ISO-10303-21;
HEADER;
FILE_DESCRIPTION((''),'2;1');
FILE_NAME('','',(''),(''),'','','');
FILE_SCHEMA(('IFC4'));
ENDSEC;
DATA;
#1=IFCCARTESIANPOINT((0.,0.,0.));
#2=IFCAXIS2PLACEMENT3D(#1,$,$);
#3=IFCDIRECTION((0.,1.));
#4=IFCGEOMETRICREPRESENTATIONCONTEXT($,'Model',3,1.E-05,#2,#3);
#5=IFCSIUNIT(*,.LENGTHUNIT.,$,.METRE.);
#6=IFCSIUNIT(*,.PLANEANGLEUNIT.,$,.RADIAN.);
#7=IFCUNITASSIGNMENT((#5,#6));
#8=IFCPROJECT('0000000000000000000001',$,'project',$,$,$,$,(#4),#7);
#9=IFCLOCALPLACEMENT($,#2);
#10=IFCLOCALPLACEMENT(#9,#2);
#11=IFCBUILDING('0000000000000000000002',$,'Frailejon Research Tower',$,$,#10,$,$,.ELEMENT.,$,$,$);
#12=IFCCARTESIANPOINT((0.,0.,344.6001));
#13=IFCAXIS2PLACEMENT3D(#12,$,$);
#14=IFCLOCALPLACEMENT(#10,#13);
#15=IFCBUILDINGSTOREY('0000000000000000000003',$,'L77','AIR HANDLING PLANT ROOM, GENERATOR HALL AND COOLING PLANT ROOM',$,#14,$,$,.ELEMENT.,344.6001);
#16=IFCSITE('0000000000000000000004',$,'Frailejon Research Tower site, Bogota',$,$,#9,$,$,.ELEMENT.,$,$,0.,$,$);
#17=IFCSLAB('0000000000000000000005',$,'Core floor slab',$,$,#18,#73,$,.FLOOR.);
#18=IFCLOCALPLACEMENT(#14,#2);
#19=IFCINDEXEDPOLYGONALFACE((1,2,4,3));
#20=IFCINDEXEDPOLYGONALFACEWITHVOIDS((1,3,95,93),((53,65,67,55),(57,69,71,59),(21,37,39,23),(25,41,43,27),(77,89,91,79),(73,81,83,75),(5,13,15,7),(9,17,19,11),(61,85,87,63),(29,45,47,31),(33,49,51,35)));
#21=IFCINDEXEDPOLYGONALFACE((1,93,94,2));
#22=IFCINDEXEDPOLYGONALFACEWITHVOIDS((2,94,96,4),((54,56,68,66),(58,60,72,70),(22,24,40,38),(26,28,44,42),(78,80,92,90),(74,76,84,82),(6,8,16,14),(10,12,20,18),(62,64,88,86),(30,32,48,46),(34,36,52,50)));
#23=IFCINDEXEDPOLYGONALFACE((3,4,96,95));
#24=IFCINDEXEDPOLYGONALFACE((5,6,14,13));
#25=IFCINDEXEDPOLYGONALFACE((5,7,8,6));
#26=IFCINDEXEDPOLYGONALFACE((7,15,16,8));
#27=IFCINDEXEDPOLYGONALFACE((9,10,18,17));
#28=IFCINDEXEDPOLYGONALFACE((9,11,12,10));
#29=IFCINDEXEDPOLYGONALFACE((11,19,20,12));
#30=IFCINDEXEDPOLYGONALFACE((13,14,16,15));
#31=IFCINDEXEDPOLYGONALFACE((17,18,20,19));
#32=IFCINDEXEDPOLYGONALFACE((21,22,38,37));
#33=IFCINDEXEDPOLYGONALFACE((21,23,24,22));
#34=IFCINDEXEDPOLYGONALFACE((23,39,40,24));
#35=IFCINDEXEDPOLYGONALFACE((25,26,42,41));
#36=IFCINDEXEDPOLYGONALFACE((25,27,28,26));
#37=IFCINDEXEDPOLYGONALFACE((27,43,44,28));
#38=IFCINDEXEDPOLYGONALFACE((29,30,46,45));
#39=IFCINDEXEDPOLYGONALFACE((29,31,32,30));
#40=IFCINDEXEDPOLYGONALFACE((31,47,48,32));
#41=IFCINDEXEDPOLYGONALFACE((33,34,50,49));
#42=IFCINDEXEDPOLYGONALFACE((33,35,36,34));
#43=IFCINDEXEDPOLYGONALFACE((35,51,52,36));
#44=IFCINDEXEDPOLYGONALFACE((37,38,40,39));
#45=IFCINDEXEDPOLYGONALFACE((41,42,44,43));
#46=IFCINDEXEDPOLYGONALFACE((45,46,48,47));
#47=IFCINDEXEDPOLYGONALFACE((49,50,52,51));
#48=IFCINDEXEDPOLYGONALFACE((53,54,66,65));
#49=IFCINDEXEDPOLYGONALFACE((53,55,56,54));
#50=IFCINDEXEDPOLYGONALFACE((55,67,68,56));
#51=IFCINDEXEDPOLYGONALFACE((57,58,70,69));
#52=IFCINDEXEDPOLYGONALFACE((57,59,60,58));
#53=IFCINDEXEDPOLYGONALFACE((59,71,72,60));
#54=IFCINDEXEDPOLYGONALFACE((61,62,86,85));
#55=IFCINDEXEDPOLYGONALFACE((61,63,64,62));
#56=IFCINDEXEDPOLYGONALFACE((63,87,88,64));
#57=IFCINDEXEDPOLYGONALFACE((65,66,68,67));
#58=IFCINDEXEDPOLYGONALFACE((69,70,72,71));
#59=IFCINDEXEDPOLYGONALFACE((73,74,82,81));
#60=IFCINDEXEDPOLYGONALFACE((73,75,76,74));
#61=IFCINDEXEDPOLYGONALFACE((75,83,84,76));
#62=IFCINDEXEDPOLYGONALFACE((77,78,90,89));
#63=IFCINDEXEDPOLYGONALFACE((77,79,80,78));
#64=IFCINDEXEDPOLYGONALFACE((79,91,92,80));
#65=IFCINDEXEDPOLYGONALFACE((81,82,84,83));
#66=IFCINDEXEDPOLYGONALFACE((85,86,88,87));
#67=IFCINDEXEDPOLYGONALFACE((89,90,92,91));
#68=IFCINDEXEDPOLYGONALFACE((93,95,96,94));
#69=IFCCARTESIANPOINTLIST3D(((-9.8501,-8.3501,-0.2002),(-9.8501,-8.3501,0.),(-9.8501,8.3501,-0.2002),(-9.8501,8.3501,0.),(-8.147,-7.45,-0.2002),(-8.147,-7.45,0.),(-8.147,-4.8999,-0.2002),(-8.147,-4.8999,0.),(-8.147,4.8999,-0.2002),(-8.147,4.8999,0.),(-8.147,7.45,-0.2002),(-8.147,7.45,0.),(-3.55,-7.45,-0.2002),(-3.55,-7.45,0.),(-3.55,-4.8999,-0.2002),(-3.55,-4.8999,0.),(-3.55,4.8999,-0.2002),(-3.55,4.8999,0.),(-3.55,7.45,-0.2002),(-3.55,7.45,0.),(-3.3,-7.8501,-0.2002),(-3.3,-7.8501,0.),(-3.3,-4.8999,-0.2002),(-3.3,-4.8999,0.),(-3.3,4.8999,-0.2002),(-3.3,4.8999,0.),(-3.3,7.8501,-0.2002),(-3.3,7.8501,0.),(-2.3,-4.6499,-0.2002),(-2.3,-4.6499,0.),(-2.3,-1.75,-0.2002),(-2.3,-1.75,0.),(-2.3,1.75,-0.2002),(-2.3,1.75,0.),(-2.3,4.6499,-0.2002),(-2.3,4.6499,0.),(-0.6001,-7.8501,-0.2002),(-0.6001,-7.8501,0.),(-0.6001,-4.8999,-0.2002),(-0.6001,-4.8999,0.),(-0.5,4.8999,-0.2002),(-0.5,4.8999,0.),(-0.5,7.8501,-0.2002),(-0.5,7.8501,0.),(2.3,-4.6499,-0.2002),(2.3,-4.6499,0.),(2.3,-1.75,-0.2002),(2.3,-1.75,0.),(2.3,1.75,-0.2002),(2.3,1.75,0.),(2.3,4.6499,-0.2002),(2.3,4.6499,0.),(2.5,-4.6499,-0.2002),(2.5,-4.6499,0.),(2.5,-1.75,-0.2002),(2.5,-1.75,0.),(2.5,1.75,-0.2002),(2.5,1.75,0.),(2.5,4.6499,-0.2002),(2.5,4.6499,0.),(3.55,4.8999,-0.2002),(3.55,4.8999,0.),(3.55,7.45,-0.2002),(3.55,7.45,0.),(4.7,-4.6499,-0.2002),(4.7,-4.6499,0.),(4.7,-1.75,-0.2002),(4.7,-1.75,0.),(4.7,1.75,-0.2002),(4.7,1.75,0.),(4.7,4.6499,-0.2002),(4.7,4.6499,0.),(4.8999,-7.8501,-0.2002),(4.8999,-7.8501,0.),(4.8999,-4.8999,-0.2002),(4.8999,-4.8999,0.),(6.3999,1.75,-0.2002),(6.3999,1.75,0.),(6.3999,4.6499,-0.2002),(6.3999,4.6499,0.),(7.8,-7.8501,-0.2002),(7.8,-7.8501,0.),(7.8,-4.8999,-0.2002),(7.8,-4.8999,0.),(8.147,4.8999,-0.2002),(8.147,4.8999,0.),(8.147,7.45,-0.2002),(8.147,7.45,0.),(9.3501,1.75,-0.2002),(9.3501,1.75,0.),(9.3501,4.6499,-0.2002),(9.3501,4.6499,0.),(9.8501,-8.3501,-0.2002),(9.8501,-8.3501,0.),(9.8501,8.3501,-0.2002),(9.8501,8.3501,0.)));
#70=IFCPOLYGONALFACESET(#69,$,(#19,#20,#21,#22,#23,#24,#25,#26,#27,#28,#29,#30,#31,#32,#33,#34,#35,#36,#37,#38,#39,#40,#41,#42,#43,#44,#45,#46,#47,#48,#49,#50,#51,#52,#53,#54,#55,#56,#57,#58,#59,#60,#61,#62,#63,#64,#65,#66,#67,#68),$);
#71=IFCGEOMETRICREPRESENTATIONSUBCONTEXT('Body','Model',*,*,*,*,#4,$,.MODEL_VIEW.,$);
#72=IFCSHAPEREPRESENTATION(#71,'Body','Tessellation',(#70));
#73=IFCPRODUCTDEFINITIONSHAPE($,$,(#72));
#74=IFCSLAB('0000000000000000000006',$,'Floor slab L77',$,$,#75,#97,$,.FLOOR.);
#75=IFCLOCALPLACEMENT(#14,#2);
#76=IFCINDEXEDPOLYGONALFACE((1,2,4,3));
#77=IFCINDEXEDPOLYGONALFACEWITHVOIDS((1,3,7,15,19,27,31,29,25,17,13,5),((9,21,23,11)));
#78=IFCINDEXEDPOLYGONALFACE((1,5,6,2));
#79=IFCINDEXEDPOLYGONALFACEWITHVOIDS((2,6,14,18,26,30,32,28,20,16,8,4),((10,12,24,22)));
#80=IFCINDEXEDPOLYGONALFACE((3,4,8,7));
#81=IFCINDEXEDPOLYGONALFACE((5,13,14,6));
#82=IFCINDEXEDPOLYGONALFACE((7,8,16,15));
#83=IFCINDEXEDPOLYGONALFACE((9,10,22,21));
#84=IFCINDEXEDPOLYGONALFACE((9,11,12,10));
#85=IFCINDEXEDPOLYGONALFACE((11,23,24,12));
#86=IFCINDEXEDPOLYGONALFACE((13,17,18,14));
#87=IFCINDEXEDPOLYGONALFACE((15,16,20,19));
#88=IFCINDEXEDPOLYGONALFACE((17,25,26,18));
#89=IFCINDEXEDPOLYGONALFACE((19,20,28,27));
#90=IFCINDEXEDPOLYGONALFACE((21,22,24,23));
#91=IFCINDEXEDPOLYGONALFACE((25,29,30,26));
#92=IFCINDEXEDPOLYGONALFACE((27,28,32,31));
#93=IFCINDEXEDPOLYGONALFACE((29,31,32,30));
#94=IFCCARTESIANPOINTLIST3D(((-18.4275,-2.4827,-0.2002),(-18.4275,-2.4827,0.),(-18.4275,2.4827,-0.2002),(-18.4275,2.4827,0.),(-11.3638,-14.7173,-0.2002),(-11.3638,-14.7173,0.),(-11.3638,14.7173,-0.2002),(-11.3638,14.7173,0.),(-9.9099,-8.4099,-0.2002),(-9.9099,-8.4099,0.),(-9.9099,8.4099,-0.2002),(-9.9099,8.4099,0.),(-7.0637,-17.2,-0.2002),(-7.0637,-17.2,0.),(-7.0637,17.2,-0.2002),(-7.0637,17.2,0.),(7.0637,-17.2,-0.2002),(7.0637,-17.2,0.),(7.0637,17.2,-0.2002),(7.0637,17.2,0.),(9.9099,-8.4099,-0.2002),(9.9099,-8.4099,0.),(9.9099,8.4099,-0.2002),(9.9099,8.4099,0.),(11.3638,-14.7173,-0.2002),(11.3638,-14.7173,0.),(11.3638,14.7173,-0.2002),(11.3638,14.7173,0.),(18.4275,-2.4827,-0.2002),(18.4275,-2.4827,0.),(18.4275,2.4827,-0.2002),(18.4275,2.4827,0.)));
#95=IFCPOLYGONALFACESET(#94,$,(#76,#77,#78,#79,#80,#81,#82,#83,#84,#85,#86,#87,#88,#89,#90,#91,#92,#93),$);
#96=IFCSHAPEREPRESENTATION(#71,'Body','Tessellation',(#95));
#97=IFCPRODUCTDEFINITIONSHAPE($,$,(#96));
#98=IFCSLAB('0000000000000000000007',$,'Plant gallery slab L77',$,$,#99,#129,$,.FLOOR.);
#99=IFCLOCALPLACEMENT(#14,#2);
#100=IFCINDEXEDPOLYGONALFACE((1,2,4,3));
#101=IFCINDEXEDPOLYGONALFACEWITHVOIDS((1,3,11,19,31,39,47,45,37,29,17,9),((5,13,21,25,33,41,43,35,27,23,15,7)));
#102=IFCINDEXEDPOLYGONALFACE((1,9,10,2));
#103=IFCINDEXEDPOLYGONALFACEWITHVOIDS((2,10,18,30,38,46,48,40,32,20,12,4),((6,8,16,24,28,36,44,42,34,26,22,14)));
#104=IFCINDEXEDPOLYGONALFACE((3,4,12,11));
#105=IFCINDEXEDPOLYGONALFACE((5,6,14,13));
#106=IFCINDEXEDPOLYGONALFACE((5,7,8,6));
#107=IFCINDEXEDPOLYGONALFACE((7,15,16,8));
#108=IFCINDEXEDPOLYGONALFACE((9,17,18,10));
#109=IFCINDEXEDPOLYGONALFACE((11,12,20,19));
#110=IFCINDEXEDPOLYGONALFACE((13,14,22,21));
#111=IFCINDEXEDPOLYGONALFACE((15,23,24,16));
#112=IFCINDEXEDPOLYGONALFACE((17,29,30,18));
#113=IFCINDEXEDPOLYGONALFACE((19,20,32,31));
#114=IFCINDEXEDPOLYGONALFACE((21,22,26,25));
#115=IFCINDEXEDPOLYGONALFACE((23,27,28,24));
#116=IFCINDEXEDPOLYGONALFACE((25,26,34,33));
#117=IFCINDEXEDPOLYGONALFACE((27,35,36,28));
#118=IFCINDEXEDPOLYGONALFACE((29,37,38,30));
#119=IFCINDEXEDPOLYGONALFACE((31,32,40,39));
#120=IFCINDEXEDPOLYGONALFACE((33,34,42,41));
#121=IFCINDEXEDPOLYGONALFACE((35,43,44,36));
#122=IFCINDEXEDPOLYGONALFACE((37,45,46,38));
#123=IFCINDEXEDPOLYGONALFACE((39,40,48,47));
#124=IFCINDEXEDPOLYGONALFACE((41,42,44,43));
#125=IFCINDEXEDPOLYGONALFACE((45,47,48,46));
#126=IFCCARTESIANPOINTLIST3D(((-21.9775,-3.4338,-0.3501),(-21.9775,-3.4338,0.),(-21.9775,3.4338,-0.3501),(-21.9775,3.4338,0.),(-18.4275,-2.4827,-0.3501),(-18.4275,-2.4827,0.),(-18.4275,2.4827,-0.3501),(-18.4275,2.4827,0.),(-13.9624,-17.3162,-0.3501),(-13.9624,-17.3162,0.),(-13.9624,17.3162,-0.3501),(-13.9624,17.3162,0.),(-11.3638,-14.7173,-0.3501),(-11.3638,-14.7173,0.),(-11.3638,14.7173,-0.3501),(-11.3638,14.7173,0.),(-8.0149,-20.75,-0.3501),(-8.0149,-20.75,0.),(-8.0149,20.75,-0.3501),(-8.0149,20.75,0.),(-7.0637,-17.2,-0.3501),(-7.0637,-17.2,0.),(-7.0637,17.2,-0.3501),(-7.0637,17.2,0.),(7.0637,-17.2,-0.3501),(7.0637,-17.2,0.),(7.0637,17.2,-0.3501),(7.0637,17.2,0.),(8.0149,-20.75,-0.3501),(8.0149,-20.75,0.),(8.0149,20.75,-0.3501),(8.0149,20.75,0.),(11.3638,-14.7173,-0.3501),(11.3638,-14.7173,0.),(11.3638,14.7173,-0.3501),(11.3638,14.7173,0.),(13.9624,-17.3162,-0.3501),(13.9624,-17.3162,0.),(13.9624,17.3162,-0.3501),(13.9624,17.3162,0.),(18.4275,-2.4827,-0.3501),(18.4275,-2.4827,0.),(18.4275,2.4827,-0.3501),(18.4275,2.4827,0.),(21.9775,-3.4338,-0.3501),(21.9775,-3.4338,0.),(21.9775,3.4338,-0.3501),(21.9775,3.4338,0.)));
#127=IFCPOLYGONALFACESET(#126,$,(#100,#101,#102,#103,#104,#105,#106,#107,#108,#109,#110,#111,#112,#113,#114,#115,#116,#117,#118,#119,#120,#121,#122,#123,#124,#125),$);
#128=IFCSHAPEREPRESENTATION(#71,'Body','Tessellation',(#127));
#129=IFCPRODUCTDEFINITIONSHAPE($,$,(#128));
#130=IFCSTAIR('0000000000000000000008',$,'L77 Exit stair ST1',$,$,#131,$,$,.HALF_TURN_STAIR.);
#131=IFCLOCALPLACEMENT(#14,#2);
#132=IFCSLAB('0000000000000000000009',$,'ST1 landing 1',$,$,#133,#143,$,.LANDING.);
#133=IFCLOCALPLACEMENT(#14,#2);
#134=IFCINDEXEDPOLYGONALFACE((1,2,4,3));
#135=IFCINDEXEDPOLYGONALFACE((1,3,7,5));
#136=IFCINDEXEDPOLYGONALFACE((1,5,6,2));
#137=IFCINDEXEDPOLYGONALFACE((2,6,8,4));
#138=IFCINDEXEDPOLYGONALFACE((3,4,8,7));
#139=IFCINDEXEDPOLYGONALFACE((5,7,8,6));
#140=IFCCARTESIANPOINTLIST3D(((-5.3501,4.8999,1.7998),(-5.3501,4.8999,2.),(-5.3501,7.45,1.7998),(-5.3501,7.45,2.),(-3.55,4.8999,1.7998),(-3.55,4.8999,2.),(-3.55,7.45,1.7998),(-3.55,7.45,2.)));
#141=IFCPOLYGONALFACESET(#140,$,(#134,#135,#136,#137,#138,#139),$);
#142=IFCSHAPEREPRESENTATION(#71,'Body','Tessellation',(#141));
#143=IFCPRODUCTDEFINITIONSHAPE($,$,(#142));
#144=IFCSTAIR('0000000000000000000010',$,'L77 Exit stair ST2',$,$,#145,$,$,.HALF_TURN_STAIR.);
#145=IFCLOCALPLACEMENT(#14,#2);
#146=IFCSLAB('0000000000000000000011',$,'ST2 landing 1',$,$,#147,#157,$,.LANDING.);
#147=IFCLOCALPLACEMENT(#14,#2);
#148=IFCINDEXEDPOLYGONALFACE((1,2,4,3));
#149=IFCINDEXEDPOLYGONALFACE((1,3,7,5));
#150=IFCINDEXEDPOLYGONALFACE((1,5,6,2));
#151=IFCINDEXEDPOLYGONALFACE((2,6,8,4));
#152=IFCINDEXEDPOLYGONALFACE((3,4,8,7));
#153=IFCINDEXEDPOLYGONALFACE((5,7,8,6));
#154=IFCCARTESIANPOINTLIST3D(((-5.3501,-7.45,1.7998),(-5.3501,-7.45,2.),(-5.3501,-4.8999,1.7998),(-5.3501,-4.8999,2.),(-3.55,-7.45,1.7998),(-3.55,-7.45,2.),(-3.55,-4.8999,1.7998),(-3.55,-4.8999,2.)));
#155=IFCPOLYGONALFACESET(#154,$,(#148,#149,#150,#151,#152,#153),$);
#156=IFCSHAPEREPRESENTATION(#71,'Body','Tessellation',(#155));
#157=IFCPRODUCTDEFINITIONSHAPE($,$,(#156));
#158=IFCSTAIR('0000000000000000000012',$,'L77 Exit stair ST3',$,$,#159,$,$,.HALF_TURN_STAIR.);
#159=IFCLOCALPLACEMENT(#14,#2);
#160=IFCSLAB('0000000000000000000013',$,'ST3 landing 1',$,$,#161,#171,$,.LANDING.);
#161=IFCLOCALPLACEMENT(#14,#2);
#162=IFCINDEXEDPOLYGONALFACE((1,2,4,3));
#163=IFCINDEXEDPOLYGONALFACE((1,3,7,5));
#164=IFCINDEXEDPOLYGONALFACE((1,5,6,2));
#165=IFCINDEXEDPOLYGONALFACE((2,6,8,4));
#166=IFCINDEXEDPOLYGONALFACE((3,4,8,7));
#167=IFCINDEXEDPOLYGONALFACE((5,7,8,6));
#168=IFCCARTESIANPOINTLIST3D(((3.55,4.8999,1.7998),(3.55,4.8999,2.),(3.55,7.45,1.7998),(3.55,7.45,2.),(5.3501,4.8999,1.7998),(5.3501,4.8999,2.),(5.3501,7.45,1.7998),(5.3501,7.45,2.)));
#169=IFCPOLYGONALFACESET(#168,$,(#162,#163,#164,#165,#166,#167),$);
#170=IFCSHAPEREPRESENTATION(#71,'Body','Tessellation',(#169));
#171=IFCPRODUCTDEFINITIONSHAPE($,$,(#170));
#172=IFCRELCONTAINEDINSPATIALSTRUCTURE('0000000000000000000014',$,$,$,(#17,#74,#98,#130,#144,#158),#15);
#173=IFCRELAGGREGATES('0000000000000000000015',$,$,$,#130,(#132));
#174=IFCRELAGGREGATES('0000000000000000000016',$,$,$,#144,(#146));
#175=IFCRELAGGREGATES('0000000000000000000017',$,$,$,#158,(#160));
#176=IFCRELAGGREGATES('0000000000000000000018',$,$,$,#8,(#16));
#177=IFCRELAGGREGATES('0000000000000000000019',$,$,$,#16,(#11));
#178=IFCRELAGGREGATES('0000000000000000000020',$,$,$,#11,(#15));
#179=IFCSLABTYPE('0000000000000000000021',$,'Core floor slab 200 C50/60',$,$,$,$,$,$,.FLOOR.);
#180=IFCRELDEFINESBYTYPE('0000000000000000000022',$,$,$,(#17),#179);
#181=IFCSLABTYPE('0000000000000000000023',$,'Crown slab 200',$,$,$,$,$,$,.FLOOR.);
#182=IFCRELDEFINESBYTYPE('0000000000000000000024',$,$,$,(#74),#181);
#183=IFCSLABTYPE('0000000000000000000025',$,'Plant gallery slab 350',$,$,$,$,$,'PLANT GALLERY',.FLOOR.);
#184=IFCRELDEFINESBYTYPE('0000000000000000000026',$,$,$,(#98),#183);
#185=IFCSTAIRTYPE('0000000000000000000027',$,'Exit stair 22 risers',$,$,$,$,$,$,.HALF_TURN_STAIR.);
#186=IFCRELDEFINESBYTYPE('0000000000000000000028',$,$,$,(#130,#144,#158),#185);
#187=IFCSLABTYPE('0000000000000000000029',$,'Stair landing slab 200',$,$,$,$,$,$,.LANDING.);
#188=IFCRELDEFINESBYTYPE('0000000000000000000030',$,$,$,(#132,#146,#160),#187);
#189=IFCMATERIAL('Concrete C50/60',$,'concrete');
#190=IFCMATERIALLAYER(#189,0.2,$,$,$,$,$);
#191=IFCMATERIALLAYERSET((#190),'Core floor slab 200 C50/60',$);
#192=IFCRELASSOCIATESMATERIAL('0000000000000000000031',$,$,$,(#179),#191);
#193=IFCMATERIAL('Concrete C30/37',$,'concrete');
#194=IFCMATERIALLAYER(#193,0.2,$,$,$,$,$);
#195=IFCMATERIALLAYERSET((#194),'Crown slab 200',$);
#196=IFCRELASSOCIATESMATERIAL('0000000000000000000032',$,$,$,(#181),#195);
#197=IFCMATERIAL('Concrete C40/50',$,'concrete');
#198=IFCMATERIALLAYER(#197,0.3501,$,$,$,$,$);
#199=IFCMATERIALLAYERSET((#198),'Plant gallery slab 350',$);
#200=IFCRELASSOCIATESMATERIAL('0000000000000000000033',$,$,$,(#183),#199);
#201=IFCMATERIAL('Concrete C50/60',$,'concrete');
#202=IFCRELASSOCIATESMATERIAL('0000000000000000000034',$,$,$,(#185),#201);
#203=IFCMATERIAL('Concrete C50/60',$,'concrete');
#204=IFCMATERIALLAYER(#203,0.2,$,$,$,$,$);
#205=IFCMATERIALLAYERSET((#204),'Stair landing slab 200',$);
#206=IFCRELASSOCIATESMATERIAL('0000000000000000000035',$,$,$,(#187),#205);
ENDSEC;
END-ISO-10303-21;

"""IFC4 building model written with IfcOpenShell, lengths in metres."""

from ifc_helpers import new_model, si_unit, direction, frame, origin, place, context, subcontext, project, spatial, polyline, outline, extrude, material, layer, layer_set, type_object, element, aggregate, save


model = new_model("IFC4")

# Units and contexts
model_context = context("Model", 3, precision=1e-05, world=origin(), true_north=direction((0.0, 1.0)))
body_context = subcontext(model_context, "Body", "Model", "MODEL_VIEW")
ifc_project = project(units=[si_unit("LENGTHUNIT", "METRE"), si_unit("PLANEANGLEUNIT", "RADIAN")], contexts=[model_context])

# Site, building, storey
site_placement = place(None, origin())
site = spatial("IfcSite", under=ifc_project, at=site_placement, Name="Frailejon Research Tower site, Bogota", CompositionType="ELEMENT", RefElevation=0.0)
building_placement = place(site_placement, origin())
building = spatial("IfcBuilding", under=site, at=building_placement, Name="Frailejon Research Tower", CompositionType="ELEMENT")
storey_placement = place(building_placement, frame((0.0, 0.0, 344.6001)))
storey = spatial("IfcBuildingStorey", under=building, at=storey_placement, Name="L77", Description="AIR HANDLING PLANT ROOM, GENERATOR HALL AND COOLING PLANT ROOM", CompositionType="ELEMENT", Elevation=344.6001)

# Slabs
ifc_material_1 = material(Name="Concrete C50/60", Category="concrete")
ifc_layer_1 = layer(ifc_material_1, 0.2)
ifc_layer_set_1 = layer_set([ifc_layer_1], Name="Core floor slab 200 C50/60")
slab_type_1 = type_object("IfcSlabType", Name="Core floor slab 200 C50/60", PredefinedType="FLOOR", material=ifc_layer_set_1)
slab_1_placement = place(storey_placement, frame((0.0, 0.0, -0.2002)))
element("IfcSlab", 1, at=slab_1_placement, inside=storey, type_object=slab_type_1, Name="Core floor slab", PredefinedType="FLOOR", context=body_context, shape_type="SweptSolid", body=[
    extrude(outline(polyline([(9.8501, -8.3501), (9.8501, 8.3501), (-9.8501, 8.3501), (-9.8501, -8.3501), (9.8501, -8.3501)]), holes=[polyline([(2.3, 1.75), (2.3, 4.6499), (-2.3, 4.6499), (-2.3, 1.75), (2.3, 1.75)]), polyline([(4.7, 1.75), (4.7, 4.6499), (2.5, 4.6499), (2.5, 1.75), (4.7, 1.75)]), polyline([(9.3501, 1.75), (9.3501, 4.6499), (6.3999, 4.6499), (6.3999, 1.75), (9.3501, 1.75)]), polyline([(2.3, -4.6499), (2.3, -1.75), (-2.3, -1.75), (-2.3, -4.6499), (2.3, -4.6499)]), polyline([(4.7, -4.6499), (4.7, -1.75), (2.5, -1.75), (2.5, -4.6499), (4.7, -4.6499)]), polyline([(-8.147, 4.8999), (-3.55, 4.8999), (-3.55, 7.45), (-8.147, 7.45), (-8.147, 4.8999)]), polyline([(-8.147, -7.45), (-3.55, -7.45), (-3.55, -4.8999), (-8.147, -4.8999), (-8.147, -7.45)]), polyline([(8.147, 7.45), (3.55, 7.45), (3.55, 4.8999), (8.147, 4.8999), (8.147, 7.45)]), polyline([(-0.6001, -7.8501), (-0.6001, -4.8999), (-3.3, -4.8999), (-3.3, -7.8501), (-0.6001, -7.8501)]), polyline([(7.8, -7.8501), (7.8, -4.8999), (4.8999, -4.8999), (4.8999, -7.8501), (7.8, -7.8501)]), polyline([(-0.5, 4.8999), (-0.5, 7.8501), (-3.3, 7.8501), (-3.3, 4.8999), (-0.5, 4.8999)])]), origin(), (0.0, 0.0, 1.0), 0.2002),
])
ifc_material_2 = material(Name="Concrete C30/37", Category="concrete")
ifc_layer_2 = layer(ifc_material_2, 0.2)
ifc_layer_set_2 = layer_set([ifc_layer_2], Name="Crown slab 200")
slab_type_2 = type_object("IfcSlabType", Name="Crown slab 200", PredefinedType="FLOOR", material=ifc_layer_set_2)
slab_2_placement = place(storey_placement, frame((0.0, 0.0, -0.2002)))
element("IfcSlab", 2, at=slab_2_placement, inside=storey, type_object=slab_type_2, Name="Floor slab L77", PredefinedType="FLOOR", context=body_context, shape_type="SweptSolid", body=[
    extrude(outline(polyline([(11.3638, -14.7173), (18.4275, -2.4827), (18.4275, 2.4827), (11.3638, 14.7173), (7.0637, 17.2), (-7.0637, 17.2), (-11.3638, 14.7173), (-18.4275, 2.4827), (-18.4275, -2.4827), (-11.3638, -14.7173), (-7.0637, -17.2), (7.0637, -17.2), (11.3638, -14.7173)]), holes=[polyline([(9.9099, -8.4099), (-9.9099, -8.4099), (-9.9099, 8.4099), (9.9099, 8.4099), (9.9099, -8.4099)])]), origin(), (0.0, 0.0, 1.0), 0.2002),
])
ifc_material_3 = material(Name="Concrete C40/50", Category="concrete")
ifc_layer_3 = layer(ifc_material_3, 0.3501)
ifc_layer_set_3 = layer_set([ifc_layer_3], Name="Plant gallery slab 350")
slab_type_3 = type_object("IfcSlabType", Name="Plant gallery slab 350", ElementType="PLANT GALLERY", PredefinedType="FLOOR", material=ifc_layer_set_3)
slab_3_placement = place(storey_placement, frame((0.0, 0.0, -0.3501)))
element("IfcSlab", 3, at=slab_3_placement, inside=storey, type_object=slab_type_3, Name="Plant gallery slab L77", PredefinedType="FLOOR", context=body_context, shape_type="SweptSolid", body=[
    extrude(outline(polyline([(13.9624, -17.3162), (8.0149, -20.75), (-8.0149, -20.75), (-13.9624, -17.3162), (-21.9775, -3.4338), (-21.9775, 3.4338), (-13.9624, 17.3162), (-8.0149, 20.75), (8.0149, 20.75), (13.9624, 17.3162), (21.9775, 3.4338), (21.9775, -3.4338), (13.9624, -17.3162)]), holes=[polyline([(18.4275, 2.4827), (11.3638, 14.7173), (7.0637, 17.2), (-7.0637, 17.2), (-11.3638, 14.7173), (-18.4275, 2.4827), (-18.4275, -2.4827), (-11.3638, -14.7173), (-7.0637, -17.2), (7.0637, -17.2), (11.3638, -14.7173), (18.4275, -2.4827), (18.4275, 2.4827)])]), origin(), (0.0, 0.0, 1.0), 0.3501),
])

# Stairs, slabs
ifc_material_4 = material(Name="Concrete C50/60", Category="concrete")
stair_type = type_object("IfcStairType", Name="Exit stair 22 risers", PredefinedType="HALF_TURN_STAIR", material=ifc_material_4)
stair_1_placement = place(storey_placement, origin())
stair_1 = element("IfcStair", 4, at=stair_1_placement, inside=storey, type_object=stair_type, Name="L77 Exit stair ST1", PredefinedType="HALF_TURN_STAIR")
ifc_material_5 = material(Name="Concrete C50/60", Category="concrete")
ifc_layer_4 = layer(ifc_material_5, 0.2)
ifc_layer_set_4 = layer_set([ifc_layer_4], Name="Stair landing slab 200")
slab_type_4 = type_object("IfcSlabType", Name="Stair landing slab 200", PredefinedType="LANDING", material=ifc_layer_set_4)
slab_4_placement = place(storey_placement, frame((0.0, 0.0, 1.7998)))
slab_4 = element("IfcSlab", 5, at=slab_4_placement, type_object=slab_type_4, Name="ST1 landing 1", PredefinedType="LANDING", context=body_context, shape_type="SweptSolid", body=[
    extrude(outline(polyline([(-5.3501, 4.8999), (-3.55, 4.8999), (-3.55, 7.45), (-5.3501, 7.45), (-5.3501, 4.8999)])), origin(), (0.0, 0.0, 1.0), 0.2002),
])
aggregate(stair_1, [slab_4])
stair_2_placement = place(storey_placement, origin())
stair_2 = element("IfcStair", 6, at=stair_2_placement, inside=storey, type_object=stair_type, Name="L77 Exit stair ST2", PredefinedType="HALF_TURN_STAIR")
slab_5_placement = place(storey_placement, frame((0.0, 0.0, 1.7998)))
slab_5 = element("IfcSlab", 7, at=slab_5_placement, type_object=slab_type_4, Name="ST2 landing 1", PredefinedType="LANDING", context=body_context, shape_type="SweptSolid", body=[
    extrude(outline(polyline([(-5.3501, -7.45), (-3.55, -7.45), (-3.55, -4.8999), (-5.3501, -4.8999), (-5.3501, -7.45)])), origin(), (0.0, 0.0, 1.0), 0.2002),
])
aggregate(stair_2, [slab_5])
stair_3_placement = place(storey_placement, origin())
stair_3 = element("IfcStair", 8, at=stair_3_placement, inside=storey, type_object=stair_type, Name="L77 Exit stair ST3", PredefinedType="HALF_TURN_STAIR")
slab_6_placement = place(storey_placement, frame((0.0, 0.0, 1.7998)))
slab_6 = element("IfcSlab", 9, at=slab_6_placement, type_object=slab_type_4, Name="ST3 landing 1", PredefinedType="LANDING", context=body_context, shape_type="SweptSolid", body=[
    extrude(outline(polyline([(5.3501, 7.45), (3.55, 7.45), (3.55, 4.8999), (5.3501, 4.8999), (5.3501, 7.45)])), origin(), (0.0, 0.0, 1.0), 0.2002),
])
aggregate(stair_3, [slab_6])

save(model, "model.ifc")
